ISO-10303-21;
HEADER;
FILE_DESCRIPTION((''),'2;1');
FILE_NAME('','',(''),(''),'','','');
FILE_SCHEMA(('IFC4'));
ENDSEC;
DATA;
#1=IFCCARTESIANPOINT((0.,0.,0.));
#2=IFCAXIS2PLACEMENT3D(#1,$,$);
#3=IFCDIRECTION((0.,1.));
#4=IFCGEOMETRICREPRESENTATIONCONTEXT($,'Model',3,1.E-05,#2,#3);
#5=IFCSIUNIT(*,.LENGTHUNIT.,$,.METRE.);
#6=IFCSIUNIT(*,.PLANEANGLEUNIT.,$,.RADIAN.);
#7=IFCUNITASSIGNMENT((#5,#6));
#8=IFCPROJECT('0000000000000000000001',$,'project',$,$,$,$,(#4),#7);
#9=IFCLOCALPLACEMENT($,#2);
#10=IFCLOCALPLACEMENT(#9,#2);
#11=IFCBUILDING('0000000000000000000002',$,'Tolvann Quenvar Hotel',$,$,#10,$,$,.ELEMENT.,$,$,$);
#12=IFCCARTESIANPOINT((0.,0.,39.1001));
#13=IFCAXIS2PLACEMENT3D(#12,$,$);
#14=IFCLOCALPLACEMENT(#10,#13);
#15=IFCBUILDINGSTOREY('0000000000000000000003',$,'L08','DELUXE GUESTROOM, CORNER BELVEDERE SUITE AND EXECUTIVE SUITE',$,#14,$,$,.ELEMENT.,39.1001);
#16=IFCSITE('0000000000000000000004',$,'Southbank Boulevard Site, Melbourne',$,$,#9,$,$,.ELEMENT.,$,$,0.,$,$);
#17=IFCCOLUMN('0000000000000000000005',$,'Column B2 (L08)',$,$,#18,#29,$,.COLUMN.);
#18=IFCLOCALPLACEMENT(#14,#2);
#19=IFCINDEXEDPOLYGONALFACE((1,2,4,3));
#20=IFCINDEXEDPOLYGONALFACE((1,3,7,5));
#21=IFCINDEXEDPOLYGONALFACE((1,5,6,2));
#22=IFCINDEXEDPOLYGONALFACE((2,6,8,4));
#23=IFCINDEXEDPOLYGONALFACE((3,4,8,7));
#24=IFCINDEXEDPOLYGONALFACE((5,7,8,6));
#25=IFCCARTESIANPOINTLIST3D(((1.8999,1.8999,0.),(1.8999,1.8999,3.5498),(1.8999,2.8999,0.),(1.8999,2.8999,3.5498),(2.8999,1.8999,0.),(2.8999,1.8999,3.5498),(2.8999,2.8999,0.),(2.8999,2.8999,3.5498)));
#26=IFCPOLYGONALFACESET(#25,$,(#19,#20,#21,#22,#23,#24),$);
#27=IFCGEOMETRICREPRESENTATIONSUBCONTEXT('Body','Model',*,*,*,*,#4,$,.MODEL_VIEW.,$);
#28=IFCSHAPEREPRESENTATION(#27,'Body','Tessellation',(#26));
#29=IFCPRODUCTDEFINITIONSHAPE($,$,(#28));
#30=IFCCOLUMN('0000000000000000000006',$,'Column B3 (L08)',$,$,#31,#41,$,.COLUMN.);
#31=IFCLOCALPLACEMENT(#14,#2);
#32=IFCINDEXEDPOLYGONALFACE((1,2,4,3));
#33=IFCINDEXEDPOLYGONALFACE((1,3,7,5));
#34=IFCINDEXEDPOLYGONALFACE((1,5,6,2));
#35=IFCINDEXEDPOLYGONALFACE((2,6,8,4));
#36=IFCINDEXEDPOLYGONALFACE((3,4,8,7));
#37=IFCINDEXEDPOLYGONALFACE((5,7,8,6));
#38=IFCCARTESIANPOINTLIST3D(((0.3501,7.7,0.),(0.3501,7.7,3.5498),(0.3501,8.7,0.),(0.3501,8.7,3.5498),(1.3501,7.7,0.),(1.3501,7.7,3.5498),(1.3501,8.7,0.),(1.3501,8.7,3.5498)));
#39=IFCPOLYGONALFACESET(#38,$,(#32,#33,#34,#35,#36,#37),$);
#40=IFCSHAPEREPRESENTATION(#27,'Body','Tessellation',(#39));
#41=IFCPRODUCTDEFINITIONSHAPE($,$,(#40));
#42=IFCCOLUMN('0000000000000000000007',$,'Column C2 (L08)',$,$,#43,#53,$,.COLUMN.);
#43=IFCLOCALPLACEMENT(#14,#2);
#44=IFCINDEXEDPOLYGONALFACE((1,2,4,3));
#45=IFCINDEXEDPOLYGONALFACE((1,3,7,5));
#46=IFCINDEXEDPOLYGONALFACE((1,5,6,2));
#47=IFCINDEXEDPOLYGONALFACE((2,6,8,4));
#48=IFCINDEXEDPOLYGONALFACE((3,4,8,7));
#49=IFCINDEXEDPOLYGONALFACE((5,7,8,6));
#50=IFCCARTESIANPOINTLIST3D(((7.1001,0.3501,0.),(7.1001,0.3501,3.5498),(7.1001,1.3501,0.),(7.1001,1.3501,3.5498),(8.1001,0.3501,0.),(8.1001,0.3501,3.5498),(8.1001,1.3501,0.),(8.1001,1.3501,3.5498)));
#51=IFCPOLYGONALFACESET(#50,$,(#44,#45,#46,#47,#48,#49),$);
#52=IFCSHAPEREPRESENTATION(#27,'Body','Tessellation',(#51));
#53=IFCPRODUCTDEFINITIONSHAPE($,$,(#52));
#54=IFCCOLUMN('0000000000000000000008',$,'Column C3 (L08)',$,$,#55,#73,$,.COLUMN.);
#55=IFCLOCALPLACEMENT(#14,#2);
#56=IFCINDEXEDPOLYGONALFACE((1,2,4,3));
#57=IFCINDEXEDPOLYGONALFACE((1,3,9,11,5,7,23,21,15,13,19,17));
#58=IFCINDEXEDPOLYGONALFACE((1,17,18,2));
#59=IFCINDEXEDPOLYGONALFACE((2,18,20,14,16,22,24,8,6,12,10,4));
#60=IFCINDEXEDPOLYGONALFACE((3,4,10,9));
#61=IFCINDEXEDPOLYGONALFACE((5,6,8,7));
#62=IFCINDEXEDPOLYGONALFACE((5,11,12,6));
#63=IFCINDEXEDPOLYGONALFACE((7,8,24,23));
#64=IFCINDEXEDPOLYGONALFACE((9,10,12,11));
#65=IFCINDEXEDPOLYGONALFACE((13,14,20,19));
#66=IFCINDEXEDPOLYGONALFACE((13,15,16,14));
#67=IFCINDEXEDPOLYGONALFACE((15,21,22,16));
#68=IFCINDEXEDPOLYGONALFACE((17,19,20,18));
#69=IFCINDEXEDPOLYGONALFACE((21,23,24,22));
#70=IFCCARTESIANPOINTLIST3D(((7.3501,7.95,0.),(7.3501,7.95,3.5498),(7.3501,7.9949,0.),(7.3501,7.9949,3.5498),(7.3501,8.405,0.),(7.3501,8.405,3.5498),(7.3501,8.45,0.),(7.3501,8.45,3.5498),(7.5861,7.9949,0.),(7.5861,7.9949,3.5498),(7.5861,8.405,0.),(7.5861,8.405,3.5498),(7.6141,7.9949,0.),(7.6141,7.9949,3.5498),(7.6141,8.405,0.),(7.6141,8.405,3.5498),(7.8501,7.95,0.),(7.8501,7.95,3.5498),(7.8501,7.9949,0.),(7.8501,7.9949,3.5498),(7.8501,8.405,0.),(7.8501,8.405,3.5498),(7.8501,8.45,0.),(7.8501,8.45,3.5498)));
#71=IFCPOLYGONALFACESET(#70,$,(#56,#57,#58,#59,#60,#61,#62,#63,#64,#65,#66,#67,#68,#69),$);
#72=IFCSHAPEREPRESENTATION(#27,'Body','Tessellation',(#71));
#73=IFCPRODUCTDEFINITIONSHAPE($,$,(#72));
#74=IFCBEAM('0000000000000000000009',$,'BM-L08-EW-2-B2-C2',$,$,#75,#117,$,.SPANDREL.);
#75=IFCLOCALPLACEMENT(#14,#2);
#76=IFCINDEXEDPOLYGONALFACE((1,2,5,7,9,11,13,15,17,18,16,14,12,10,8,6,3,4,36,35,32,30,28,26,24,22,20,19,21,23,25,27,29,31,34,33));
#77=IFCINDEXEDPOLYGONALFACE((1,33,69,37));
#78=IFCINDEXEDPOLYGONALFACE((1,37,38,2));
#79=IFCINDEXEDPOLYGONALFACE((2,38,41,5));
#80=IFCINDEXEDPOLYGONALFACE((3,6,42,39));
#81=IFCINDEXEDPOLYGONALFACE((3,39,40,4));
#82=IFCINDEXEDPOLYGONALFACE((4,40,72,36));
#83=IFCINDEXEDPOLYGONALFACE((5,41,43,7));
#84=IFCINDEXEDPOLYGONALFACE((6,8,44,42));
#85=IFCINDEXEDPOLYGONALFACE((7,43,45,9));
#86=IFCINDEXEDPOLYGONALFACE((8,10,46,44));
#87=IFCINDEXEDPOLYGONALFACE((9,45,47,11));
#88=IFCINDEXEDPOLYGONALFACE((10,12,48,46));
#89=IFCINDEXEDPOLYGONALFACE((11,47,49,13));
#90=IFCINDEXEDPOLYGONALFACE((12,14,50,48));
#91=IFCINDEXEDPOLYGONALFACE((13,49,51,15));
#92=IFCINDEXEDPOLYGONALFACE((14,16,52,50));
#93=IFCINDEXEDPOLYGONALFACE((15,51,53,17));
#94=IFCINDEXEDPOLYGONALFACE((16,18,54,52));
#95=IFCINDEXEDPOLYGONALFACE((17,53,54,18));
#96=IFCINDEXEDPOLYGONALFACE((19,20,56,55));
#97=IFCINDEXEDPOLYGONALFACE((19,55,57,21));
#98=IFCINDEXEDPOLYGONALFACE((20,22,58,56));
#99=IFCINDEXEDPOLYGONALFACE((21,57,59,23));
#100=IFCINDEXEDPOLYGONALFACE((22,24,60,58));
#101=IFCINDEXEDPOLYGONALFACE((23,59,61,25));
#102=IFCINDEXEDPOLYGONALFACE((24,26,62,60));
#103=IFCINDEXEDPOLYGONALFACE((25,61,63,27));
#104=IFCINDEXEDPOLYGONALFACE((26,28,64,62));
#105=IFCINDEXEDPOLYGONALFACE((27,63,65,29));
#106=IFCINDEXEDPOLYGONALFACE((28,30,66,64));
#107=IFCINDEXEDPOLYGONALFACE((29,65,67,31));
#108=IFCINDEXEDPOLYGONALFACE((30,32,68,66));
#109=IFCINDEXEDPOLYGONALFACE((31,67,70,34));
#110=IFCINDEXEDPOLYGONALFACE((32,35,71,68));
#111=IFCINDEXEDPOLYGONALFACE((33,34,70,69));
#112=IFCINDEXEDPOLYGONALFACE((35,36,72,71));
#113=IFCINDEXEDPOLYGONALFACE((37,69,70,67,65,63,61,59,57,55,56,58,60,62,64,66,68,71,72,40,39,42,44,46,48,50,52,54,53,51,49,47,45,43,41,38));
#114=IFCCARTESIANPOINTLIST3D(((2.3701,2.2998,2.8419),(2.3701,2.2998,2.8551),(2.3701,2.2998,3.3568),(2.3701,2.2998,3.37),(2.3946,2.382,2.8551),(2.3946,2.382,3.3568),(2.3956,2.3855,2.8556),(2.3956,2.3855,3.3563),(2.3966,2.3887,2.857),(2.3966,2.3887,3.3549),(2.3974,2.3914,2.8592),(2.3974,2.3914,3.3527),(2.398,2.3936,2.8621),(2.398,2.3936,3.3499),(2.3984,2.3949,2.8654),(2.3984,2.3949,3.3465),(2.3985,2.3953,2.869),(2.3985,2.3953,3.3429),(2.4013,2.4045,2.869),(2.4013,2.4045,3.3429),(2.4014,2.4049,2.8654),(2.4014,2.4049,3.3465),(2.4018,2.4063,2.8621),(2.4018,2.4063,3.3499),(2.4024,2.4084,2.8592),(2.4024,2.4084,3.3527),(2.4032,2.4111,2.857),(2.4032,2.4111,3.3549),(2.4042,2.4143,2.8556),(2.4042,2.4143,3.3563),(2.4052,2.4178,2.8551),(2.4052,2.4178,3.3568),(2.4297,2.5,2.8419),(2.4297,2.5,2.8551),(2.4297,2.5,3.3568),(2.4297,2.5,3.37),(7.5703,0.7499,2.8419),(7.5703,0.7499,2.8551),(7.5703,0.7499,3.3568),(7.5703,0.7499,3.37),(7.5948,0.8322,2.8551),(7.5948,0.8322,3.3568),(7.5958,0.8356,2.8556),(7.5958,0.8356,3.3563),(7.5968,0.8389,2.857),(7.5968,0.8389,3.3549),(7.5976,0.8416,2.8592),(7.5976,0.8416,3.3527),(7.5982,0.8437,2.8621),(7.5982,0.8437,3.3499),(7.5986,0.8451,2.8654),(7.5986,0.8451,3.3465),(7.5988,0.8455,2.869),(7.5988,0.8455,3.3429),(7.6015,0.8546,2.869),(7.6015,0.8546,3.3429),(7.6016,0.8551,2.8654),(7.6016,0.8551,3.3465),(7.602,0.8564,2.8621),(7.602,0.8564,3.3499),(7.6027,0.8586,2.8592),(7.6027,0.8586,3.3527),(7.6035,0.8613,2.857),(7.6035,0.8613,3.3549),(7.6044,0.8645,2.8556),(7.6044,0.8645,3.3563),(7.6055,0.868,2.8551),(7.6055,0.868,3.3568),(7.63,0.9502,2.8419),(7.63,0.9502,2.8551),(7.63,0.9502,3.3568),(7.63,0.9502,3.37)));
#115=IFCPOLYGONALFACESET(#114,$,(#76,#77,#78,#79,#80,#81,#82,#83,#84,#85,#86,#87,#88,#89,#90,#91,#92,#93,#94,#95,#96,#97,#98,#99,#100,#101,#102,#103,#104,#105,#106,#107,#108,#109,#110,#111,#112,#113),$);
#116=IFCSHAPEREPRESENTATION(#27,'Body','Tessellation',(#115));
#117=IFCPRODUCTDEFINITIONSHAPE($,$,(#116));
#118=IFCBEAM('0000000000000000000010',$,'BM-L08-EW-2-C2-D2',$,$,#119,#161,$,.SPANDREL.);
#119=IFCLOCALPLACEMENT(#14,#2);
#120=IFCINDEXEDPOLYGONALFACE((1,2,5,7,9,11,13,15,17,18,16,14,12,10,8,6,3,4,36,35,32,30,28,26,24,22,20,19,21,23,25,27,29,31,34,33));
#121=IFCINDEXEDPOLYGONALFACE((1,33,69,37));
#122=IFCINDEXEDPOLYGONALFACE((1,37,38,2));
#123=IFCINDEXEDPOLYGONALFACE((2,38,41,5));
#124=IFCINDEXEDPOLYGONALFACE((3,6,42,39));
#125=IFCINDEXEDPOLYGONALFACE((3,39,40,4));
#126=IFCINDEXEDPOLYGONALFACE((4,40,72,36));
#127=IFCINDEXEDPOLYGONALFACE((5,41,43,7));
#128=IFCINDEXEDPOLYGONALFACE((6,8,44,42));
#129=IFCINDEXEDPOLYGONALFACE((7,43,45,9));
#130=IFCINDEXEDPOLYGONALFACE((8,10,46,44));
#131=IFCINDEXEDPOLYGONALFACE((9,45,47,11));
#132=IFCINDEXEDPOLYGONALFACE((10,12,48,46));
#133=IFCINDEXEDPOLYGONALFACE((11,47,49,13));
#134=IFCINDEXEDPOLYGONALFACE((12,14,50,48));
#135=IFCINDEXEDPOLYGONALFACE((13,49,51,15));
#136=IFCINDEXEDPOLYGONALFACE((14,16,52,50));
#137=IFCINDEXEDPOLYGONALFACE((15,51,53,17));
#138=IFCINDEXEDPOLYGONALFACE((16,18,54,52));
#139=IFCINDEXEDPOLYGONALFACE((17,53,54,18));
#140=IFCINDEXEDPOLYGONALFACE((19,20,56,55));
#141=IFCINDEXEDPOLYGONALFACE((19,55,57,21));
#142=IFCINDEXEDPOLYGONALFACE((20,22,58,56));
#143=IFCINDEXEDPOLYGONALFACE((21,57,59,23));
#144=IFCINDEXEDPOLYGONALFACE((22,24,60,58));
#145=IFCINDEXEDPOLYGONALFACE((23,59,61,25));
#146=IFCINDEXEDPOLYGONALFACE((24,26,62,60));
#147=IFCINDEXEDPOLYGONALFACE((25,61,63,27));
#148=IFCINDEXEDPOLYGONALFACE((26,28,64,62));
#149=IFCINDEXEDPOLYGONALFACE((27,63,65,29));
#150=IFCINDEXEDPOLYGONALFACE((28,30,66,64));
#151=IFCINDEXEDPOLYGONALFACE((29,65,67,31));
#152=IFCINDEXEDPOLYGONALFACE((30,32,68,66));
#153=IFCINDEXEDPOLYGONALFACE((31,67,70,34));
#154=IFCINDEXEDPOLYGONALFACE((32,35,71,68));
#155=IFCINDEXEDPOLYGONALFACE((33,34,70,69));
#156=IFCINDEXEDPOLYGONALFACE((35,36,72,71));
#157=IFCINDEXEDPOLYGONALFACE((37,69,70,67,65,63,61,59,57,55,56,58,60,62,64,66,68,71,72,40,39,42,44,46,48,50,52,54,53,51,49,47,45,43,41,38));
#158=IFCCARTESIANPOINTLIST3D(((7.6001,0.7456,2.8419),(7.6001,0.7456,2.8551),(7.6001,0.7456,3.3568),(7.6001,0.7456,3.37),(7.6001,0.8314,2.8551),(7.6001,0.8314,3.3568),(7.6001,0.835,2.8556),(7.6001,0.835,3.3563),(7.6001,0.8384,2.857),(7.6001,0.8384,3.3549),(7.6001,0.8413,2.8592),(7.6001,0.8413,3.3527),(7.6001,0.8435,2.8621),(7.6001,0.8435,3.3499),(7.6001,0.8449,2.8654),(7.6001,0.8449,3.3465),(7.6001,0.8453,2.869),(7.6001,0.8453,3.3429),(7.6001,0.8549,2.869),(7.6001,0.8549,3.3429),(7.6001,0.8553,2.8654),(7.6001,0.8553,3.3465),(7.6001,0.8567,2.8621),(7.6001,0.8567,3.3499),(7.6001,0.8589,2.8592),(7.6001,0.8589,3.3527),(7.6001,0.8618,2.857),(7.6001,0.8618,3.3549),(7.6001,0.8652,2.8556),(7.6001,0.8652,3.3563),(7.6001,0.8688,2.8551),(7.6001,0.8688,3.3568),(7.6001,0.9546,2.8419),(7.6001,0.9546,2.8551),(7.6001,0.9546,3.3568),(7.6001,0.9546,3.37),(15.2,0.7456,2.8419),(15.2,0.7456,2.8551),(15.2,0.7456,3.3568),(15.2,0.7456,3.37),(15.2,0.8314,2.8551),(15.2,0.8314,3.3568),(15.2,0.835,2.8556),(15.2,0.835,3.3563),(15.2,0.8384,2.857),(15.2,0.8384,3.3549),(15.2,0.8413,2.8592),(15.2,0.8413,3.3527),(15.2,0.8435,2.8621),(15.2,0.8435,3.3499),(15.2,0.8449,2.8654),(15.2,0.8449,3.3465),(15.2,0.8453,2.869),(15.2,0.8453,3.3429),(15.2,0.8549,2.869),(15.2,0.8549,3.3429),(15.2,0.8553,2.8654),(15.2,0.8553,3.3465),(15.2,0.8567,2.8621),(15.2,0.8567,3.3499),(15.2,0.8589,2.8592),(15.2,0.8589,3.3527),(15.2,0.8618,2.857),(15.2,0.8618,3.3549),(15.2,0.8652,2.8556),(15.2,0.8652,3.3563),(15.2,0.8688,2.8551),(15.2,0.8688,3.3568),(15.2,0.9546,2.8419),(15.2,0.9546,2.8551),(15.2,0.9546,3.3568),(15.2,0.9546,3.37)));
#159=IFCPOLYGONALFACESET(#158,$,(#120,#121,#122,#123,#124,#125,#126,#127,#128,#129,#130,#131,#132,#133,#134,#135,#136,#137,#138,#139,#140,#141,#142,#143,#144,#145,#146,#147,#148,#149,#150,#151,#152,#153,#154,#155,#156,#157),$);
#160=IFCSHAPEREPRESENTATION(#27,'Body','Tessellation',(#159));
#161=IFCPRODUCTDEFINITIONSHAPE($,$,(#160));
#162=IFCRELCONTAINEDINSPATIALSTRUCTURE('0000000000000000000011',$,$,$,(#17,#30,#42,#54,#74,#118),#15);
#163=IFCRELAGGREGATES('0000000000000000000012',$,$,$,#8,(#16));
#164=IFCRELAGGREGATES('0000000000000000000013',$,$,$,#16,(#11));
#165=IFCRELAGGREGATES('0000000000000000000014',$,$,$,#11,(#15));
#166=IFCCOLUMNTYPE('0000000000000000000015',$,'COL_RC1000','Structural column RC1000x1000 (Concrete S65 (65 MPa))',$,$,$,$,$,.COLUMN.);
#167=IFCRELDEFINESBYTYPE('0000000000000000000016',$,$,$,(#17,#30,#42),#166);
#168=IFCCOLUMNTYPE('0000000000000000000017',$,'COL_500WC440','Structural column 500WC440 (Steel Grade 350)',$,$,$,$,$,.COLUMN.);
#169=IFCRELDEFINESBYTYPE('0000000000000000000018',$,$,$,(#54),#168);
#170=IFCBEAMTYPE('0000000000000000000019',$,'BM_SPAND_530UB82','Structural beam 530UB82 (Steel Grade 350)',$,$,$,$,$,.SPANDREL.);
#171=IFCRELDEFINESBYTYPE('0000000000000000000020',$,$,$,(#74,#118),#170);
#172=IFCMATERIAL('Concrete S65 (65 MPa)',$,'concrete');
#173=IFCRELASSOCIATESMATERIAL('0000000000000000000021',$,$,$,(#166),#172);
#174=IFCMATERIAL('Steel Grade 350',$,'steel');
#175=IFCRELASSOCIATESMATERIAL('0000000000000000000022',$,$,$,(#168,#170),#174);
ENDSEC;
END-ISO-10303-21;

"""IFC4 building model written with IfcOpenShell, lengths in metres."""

from ifc_helpers import new_model, si_unit, direction, frame, origin, origin_2d, place, context, subcontext, project, spatial, rectangle, i_section, extrude, source, transform, mapped, material, material_profile, profile_set, type_object, type_shapes, element, save


model = new_model("IFC4")

# Units and contexts
model_context = context("Model", 3, precision=1e-05, world=origin(), true_north=direction((0.0, 1.0)))
body_context = subcontext(model_context, "Body", "Model", "MODEL_VIEW")
ifc_project = project(units=[si_unit("LENGTHUNIT", "METRE"), si_unit("PLANEANGLEUNIT", "RADIAN")], contexts=[model_context])

# Site, building, storey
site_placement = place(None, origin())
site = spatial("IfcSite", under=ifc_project, at=site_placement, Name="Southbank Boulevard Site, Melbourne", CompositionType="ELEMENT", RefElevation=0.0)
building_placement = place(site_placement, origin())
building = spatial("IfcBuilding", under=site, at=building_placement, Name="Tolvann Quenvar Hotel", CompositionType="ELEMENT")
storey_placement = place(building_placement, frame((0.0, 0.0, 39.1001)))
storey = spatial("IfcBuildingStorey", under=building, at=storey_placement, Name="L08", Description="DELUXE GUESTROOM, CORNER BELVEDERE SUITE AND EXECUTIVE SUITE", CompositionType="ELEMENT", Elevation=39.1001)

# Columns
ifc_material_1 = material(Name="Concrete S65 (65 MPa)", Category="concrete")
ifc_material_profile_1 = material_profile(ifc_material_1, rectangle(XDim=1.0, YDim=1.0, at=origin_2d()), Name="RC1000x1000")
ifc_profile_set_1 = profile_set([ifc_material_profile_1], Name="Concrete S65 (65 MPa)")
column_type_1 = type_object("IfcColumnType", Name="COL_RC1000", Description="Structural column RC1000x1000 (Concrete S65 (65 MPa))", PredefinedType="COLUMN", material=ifc_profile_set_1)
shared_shape_1 = source(origin(), body_context, "Body", "SweptSolid", [
    extrude(rectangle(XDim=1.0, YDim=1.0, at=origin_2d()), origin(), (0.0, 0.0, 1.0), 3.5498),
])
type_shapes(column_type_1, [shared_shape_1])
for number, where, z_axis, x_axis, name in (
    (1, (2.3999, 2.3999, 0.0), (0.0, 0.0, 1.0), (1.0, 0.0, 0.0), "Column B2 (L08)"),
    (2, (0.8501, 8.2, 0.0), (0.0, 0.0, 1.0), (1.0, 0.0, 0.0), "Column B3 (L08)"),
    (3, (7.6001, 0.8501, 0.0), (0.0, 0.0, 1.0), (1.0, 0.0, 0.0), "Column C2 (L08)"),
):
    element("IfcColumn", number, at=place(storey_placement, frame(where, z_axis=z_axis, x_axis=x_axis)), inside=storey, type_object=column_type_1, Name=name, PredefinedType="COLUMN", context=body_context, shape_type="MappedRepresentation", body=[
        mapped(shared_shape_1, transform((0.0, 0.0, 0.0), x_axis=(1.0, 0.0, 0.0), y_axis=(0.0, 1.0, 0.0), z_axis=(0.0, 0.0, 1.0), scale=1.0)),
    ])
ifc_material_2 = material(Name="Steel Grade 350", Category="steel")
ifc_material_profile_2 = material_profile(ifc_material_2, i_section(OverallWidth=0.5, OverallDepth=0.5, WebThickness=0.0281, FlangeThickness=0.0449, at=origin_2d()), Name="500WC440")
ifc_profile_set_2 = profile_set([ifc_material_profile_2], Name="Steel Grade 350")
column_type_2 = type_object("IfcColumnType", Name="COL_500WC440", Description="Structural column 500WC440 (Steel Grade 350)", PredefinedType="COLUMN", material=ifc_profile_set_2)
shared_shape_2 = source(origin(), body_context, "Body", "SweptSolid", [
    extrude(i_section(OverallWidth=0.5, OverallDepth=0.5, WebThickness=0.0281, FlangeThickness=0.0449, at=origin_2d()), origin(), (0.0, 0.0, 1.0), 3.5498),
])
type_shapes(column_type_2, [shared_shape_2])
column_placement = place(storey_placement, frame((7.6001, 8.2, 0.0), z_axis=(0.0, 0.0, 1.0), x_axis=(1.0, 0.0, 0.0)))
element("IfcColumn", 4, at=column_placement, inside=storey, type_object=column_type_2, Name="Column C3 (L08)", PredefinedType="COLUMN", context=body_context, shape_type="MappedRepresentation", body=[
    mapped(shared_shape_2, transform((0.0, 0.0, 0.0), x_axis=(1.0, 0.0, 0.0), y_axis=(0.0, 1.0, 0.0), z_axis=(0.0, 0.0, 1.0), scale=1.0)),
])

# Beams
ifc_material_profile_3 = material_profile(ifc_material_2, i_section(OverallWidth=0.209, OverallDepth=0.5281, WebThickness=0.0095, FlangeThickness=0.0132, FilletRadius=0.0139, at=origin_2d()), Name="530UB82")
ifc_profile_set_3 = profile_set([ifc_material_profile_3], Name="Steel Grade 350")
beam_type_1 = type_object("IfcBeamType", Name="BM_SPAND_530UB82", Description="Structural beam 530UB82 (Steel Grade 350)", PredefinedType="SPANDREL", material=ifc_profile_set_3)
shared_shape_3 = source(origin(), body_context, "Body", "SweptSolid", [
    extrude(i_section(OverallWidth=0.209, OverallDepth=0.5281, WebThickness=0.0095, FlangeThickness=0.0132, FilletRadius=0.0139, at=origin_2d()), origin(), (0.0, 0.0, 1.0), 5.4263),
])
beam_1_placement = place(storey_placement, frame((2.3999, 2.3999, 3.106), z_axis=(0.958345, -0.285614, 0.0), x_axis=(0.285614, 0.958345, 0.0)))
element("IfcBeam", 5, at=beam_1_placement, inside=storey, type_object=beam_type_1, Name="BM-L08-EW-2-B2-C2", PredefinedType="SPANDREL", context=body_context, shape_type="MappedRepresentation", body=[
    mapped(shared_shape_3, transform((0.0, 0.0, 0.0), x_axis=(1.0, 0.0, 0.0), y_axis=(0.0, 1.0, 0.0), z_axis=(0.0, 0.0, 1.0), scale=1.0)),
])
shared_shape_4 = source(origin(), body_context, "Body", "SweptSolid", [
    extrude(i_section(OverallWidth=0.209, OverallDepth=0.5281, WebThickness=0.0095, FlangeThickness=0.0132, FilletRadius=0.0139, at=origin_2d()), origin(), (0.0, 0.0, 1.0), 7.5999),
])
beam_2_placement = place(storey_placement, frame((7.6001, 0.8501, 3.106), z_axis=(1.0, 0.0, 0.0), x_axis=(0.0, 1.0, 0.0)))
element("IfcBeam", 6, at=beam_2_placement, inside=storey, type_object=beam_type_1, Name="BM-L08-EW-2-C2-D2", PredefinedType="SPANDREL", context=body_context, shape_type="MappedRepresentation", body=[
    mapped(shared_shape_4, transform((0.0, 0.0, 0.0), x_axis=(1.0, 0.0, 0.0), y_axis=(0.0, 1.0, 0.0), z_axis=(0.0, 0.0, 1.0), scale=1.0)),
])

save(model, "model.ifc")
